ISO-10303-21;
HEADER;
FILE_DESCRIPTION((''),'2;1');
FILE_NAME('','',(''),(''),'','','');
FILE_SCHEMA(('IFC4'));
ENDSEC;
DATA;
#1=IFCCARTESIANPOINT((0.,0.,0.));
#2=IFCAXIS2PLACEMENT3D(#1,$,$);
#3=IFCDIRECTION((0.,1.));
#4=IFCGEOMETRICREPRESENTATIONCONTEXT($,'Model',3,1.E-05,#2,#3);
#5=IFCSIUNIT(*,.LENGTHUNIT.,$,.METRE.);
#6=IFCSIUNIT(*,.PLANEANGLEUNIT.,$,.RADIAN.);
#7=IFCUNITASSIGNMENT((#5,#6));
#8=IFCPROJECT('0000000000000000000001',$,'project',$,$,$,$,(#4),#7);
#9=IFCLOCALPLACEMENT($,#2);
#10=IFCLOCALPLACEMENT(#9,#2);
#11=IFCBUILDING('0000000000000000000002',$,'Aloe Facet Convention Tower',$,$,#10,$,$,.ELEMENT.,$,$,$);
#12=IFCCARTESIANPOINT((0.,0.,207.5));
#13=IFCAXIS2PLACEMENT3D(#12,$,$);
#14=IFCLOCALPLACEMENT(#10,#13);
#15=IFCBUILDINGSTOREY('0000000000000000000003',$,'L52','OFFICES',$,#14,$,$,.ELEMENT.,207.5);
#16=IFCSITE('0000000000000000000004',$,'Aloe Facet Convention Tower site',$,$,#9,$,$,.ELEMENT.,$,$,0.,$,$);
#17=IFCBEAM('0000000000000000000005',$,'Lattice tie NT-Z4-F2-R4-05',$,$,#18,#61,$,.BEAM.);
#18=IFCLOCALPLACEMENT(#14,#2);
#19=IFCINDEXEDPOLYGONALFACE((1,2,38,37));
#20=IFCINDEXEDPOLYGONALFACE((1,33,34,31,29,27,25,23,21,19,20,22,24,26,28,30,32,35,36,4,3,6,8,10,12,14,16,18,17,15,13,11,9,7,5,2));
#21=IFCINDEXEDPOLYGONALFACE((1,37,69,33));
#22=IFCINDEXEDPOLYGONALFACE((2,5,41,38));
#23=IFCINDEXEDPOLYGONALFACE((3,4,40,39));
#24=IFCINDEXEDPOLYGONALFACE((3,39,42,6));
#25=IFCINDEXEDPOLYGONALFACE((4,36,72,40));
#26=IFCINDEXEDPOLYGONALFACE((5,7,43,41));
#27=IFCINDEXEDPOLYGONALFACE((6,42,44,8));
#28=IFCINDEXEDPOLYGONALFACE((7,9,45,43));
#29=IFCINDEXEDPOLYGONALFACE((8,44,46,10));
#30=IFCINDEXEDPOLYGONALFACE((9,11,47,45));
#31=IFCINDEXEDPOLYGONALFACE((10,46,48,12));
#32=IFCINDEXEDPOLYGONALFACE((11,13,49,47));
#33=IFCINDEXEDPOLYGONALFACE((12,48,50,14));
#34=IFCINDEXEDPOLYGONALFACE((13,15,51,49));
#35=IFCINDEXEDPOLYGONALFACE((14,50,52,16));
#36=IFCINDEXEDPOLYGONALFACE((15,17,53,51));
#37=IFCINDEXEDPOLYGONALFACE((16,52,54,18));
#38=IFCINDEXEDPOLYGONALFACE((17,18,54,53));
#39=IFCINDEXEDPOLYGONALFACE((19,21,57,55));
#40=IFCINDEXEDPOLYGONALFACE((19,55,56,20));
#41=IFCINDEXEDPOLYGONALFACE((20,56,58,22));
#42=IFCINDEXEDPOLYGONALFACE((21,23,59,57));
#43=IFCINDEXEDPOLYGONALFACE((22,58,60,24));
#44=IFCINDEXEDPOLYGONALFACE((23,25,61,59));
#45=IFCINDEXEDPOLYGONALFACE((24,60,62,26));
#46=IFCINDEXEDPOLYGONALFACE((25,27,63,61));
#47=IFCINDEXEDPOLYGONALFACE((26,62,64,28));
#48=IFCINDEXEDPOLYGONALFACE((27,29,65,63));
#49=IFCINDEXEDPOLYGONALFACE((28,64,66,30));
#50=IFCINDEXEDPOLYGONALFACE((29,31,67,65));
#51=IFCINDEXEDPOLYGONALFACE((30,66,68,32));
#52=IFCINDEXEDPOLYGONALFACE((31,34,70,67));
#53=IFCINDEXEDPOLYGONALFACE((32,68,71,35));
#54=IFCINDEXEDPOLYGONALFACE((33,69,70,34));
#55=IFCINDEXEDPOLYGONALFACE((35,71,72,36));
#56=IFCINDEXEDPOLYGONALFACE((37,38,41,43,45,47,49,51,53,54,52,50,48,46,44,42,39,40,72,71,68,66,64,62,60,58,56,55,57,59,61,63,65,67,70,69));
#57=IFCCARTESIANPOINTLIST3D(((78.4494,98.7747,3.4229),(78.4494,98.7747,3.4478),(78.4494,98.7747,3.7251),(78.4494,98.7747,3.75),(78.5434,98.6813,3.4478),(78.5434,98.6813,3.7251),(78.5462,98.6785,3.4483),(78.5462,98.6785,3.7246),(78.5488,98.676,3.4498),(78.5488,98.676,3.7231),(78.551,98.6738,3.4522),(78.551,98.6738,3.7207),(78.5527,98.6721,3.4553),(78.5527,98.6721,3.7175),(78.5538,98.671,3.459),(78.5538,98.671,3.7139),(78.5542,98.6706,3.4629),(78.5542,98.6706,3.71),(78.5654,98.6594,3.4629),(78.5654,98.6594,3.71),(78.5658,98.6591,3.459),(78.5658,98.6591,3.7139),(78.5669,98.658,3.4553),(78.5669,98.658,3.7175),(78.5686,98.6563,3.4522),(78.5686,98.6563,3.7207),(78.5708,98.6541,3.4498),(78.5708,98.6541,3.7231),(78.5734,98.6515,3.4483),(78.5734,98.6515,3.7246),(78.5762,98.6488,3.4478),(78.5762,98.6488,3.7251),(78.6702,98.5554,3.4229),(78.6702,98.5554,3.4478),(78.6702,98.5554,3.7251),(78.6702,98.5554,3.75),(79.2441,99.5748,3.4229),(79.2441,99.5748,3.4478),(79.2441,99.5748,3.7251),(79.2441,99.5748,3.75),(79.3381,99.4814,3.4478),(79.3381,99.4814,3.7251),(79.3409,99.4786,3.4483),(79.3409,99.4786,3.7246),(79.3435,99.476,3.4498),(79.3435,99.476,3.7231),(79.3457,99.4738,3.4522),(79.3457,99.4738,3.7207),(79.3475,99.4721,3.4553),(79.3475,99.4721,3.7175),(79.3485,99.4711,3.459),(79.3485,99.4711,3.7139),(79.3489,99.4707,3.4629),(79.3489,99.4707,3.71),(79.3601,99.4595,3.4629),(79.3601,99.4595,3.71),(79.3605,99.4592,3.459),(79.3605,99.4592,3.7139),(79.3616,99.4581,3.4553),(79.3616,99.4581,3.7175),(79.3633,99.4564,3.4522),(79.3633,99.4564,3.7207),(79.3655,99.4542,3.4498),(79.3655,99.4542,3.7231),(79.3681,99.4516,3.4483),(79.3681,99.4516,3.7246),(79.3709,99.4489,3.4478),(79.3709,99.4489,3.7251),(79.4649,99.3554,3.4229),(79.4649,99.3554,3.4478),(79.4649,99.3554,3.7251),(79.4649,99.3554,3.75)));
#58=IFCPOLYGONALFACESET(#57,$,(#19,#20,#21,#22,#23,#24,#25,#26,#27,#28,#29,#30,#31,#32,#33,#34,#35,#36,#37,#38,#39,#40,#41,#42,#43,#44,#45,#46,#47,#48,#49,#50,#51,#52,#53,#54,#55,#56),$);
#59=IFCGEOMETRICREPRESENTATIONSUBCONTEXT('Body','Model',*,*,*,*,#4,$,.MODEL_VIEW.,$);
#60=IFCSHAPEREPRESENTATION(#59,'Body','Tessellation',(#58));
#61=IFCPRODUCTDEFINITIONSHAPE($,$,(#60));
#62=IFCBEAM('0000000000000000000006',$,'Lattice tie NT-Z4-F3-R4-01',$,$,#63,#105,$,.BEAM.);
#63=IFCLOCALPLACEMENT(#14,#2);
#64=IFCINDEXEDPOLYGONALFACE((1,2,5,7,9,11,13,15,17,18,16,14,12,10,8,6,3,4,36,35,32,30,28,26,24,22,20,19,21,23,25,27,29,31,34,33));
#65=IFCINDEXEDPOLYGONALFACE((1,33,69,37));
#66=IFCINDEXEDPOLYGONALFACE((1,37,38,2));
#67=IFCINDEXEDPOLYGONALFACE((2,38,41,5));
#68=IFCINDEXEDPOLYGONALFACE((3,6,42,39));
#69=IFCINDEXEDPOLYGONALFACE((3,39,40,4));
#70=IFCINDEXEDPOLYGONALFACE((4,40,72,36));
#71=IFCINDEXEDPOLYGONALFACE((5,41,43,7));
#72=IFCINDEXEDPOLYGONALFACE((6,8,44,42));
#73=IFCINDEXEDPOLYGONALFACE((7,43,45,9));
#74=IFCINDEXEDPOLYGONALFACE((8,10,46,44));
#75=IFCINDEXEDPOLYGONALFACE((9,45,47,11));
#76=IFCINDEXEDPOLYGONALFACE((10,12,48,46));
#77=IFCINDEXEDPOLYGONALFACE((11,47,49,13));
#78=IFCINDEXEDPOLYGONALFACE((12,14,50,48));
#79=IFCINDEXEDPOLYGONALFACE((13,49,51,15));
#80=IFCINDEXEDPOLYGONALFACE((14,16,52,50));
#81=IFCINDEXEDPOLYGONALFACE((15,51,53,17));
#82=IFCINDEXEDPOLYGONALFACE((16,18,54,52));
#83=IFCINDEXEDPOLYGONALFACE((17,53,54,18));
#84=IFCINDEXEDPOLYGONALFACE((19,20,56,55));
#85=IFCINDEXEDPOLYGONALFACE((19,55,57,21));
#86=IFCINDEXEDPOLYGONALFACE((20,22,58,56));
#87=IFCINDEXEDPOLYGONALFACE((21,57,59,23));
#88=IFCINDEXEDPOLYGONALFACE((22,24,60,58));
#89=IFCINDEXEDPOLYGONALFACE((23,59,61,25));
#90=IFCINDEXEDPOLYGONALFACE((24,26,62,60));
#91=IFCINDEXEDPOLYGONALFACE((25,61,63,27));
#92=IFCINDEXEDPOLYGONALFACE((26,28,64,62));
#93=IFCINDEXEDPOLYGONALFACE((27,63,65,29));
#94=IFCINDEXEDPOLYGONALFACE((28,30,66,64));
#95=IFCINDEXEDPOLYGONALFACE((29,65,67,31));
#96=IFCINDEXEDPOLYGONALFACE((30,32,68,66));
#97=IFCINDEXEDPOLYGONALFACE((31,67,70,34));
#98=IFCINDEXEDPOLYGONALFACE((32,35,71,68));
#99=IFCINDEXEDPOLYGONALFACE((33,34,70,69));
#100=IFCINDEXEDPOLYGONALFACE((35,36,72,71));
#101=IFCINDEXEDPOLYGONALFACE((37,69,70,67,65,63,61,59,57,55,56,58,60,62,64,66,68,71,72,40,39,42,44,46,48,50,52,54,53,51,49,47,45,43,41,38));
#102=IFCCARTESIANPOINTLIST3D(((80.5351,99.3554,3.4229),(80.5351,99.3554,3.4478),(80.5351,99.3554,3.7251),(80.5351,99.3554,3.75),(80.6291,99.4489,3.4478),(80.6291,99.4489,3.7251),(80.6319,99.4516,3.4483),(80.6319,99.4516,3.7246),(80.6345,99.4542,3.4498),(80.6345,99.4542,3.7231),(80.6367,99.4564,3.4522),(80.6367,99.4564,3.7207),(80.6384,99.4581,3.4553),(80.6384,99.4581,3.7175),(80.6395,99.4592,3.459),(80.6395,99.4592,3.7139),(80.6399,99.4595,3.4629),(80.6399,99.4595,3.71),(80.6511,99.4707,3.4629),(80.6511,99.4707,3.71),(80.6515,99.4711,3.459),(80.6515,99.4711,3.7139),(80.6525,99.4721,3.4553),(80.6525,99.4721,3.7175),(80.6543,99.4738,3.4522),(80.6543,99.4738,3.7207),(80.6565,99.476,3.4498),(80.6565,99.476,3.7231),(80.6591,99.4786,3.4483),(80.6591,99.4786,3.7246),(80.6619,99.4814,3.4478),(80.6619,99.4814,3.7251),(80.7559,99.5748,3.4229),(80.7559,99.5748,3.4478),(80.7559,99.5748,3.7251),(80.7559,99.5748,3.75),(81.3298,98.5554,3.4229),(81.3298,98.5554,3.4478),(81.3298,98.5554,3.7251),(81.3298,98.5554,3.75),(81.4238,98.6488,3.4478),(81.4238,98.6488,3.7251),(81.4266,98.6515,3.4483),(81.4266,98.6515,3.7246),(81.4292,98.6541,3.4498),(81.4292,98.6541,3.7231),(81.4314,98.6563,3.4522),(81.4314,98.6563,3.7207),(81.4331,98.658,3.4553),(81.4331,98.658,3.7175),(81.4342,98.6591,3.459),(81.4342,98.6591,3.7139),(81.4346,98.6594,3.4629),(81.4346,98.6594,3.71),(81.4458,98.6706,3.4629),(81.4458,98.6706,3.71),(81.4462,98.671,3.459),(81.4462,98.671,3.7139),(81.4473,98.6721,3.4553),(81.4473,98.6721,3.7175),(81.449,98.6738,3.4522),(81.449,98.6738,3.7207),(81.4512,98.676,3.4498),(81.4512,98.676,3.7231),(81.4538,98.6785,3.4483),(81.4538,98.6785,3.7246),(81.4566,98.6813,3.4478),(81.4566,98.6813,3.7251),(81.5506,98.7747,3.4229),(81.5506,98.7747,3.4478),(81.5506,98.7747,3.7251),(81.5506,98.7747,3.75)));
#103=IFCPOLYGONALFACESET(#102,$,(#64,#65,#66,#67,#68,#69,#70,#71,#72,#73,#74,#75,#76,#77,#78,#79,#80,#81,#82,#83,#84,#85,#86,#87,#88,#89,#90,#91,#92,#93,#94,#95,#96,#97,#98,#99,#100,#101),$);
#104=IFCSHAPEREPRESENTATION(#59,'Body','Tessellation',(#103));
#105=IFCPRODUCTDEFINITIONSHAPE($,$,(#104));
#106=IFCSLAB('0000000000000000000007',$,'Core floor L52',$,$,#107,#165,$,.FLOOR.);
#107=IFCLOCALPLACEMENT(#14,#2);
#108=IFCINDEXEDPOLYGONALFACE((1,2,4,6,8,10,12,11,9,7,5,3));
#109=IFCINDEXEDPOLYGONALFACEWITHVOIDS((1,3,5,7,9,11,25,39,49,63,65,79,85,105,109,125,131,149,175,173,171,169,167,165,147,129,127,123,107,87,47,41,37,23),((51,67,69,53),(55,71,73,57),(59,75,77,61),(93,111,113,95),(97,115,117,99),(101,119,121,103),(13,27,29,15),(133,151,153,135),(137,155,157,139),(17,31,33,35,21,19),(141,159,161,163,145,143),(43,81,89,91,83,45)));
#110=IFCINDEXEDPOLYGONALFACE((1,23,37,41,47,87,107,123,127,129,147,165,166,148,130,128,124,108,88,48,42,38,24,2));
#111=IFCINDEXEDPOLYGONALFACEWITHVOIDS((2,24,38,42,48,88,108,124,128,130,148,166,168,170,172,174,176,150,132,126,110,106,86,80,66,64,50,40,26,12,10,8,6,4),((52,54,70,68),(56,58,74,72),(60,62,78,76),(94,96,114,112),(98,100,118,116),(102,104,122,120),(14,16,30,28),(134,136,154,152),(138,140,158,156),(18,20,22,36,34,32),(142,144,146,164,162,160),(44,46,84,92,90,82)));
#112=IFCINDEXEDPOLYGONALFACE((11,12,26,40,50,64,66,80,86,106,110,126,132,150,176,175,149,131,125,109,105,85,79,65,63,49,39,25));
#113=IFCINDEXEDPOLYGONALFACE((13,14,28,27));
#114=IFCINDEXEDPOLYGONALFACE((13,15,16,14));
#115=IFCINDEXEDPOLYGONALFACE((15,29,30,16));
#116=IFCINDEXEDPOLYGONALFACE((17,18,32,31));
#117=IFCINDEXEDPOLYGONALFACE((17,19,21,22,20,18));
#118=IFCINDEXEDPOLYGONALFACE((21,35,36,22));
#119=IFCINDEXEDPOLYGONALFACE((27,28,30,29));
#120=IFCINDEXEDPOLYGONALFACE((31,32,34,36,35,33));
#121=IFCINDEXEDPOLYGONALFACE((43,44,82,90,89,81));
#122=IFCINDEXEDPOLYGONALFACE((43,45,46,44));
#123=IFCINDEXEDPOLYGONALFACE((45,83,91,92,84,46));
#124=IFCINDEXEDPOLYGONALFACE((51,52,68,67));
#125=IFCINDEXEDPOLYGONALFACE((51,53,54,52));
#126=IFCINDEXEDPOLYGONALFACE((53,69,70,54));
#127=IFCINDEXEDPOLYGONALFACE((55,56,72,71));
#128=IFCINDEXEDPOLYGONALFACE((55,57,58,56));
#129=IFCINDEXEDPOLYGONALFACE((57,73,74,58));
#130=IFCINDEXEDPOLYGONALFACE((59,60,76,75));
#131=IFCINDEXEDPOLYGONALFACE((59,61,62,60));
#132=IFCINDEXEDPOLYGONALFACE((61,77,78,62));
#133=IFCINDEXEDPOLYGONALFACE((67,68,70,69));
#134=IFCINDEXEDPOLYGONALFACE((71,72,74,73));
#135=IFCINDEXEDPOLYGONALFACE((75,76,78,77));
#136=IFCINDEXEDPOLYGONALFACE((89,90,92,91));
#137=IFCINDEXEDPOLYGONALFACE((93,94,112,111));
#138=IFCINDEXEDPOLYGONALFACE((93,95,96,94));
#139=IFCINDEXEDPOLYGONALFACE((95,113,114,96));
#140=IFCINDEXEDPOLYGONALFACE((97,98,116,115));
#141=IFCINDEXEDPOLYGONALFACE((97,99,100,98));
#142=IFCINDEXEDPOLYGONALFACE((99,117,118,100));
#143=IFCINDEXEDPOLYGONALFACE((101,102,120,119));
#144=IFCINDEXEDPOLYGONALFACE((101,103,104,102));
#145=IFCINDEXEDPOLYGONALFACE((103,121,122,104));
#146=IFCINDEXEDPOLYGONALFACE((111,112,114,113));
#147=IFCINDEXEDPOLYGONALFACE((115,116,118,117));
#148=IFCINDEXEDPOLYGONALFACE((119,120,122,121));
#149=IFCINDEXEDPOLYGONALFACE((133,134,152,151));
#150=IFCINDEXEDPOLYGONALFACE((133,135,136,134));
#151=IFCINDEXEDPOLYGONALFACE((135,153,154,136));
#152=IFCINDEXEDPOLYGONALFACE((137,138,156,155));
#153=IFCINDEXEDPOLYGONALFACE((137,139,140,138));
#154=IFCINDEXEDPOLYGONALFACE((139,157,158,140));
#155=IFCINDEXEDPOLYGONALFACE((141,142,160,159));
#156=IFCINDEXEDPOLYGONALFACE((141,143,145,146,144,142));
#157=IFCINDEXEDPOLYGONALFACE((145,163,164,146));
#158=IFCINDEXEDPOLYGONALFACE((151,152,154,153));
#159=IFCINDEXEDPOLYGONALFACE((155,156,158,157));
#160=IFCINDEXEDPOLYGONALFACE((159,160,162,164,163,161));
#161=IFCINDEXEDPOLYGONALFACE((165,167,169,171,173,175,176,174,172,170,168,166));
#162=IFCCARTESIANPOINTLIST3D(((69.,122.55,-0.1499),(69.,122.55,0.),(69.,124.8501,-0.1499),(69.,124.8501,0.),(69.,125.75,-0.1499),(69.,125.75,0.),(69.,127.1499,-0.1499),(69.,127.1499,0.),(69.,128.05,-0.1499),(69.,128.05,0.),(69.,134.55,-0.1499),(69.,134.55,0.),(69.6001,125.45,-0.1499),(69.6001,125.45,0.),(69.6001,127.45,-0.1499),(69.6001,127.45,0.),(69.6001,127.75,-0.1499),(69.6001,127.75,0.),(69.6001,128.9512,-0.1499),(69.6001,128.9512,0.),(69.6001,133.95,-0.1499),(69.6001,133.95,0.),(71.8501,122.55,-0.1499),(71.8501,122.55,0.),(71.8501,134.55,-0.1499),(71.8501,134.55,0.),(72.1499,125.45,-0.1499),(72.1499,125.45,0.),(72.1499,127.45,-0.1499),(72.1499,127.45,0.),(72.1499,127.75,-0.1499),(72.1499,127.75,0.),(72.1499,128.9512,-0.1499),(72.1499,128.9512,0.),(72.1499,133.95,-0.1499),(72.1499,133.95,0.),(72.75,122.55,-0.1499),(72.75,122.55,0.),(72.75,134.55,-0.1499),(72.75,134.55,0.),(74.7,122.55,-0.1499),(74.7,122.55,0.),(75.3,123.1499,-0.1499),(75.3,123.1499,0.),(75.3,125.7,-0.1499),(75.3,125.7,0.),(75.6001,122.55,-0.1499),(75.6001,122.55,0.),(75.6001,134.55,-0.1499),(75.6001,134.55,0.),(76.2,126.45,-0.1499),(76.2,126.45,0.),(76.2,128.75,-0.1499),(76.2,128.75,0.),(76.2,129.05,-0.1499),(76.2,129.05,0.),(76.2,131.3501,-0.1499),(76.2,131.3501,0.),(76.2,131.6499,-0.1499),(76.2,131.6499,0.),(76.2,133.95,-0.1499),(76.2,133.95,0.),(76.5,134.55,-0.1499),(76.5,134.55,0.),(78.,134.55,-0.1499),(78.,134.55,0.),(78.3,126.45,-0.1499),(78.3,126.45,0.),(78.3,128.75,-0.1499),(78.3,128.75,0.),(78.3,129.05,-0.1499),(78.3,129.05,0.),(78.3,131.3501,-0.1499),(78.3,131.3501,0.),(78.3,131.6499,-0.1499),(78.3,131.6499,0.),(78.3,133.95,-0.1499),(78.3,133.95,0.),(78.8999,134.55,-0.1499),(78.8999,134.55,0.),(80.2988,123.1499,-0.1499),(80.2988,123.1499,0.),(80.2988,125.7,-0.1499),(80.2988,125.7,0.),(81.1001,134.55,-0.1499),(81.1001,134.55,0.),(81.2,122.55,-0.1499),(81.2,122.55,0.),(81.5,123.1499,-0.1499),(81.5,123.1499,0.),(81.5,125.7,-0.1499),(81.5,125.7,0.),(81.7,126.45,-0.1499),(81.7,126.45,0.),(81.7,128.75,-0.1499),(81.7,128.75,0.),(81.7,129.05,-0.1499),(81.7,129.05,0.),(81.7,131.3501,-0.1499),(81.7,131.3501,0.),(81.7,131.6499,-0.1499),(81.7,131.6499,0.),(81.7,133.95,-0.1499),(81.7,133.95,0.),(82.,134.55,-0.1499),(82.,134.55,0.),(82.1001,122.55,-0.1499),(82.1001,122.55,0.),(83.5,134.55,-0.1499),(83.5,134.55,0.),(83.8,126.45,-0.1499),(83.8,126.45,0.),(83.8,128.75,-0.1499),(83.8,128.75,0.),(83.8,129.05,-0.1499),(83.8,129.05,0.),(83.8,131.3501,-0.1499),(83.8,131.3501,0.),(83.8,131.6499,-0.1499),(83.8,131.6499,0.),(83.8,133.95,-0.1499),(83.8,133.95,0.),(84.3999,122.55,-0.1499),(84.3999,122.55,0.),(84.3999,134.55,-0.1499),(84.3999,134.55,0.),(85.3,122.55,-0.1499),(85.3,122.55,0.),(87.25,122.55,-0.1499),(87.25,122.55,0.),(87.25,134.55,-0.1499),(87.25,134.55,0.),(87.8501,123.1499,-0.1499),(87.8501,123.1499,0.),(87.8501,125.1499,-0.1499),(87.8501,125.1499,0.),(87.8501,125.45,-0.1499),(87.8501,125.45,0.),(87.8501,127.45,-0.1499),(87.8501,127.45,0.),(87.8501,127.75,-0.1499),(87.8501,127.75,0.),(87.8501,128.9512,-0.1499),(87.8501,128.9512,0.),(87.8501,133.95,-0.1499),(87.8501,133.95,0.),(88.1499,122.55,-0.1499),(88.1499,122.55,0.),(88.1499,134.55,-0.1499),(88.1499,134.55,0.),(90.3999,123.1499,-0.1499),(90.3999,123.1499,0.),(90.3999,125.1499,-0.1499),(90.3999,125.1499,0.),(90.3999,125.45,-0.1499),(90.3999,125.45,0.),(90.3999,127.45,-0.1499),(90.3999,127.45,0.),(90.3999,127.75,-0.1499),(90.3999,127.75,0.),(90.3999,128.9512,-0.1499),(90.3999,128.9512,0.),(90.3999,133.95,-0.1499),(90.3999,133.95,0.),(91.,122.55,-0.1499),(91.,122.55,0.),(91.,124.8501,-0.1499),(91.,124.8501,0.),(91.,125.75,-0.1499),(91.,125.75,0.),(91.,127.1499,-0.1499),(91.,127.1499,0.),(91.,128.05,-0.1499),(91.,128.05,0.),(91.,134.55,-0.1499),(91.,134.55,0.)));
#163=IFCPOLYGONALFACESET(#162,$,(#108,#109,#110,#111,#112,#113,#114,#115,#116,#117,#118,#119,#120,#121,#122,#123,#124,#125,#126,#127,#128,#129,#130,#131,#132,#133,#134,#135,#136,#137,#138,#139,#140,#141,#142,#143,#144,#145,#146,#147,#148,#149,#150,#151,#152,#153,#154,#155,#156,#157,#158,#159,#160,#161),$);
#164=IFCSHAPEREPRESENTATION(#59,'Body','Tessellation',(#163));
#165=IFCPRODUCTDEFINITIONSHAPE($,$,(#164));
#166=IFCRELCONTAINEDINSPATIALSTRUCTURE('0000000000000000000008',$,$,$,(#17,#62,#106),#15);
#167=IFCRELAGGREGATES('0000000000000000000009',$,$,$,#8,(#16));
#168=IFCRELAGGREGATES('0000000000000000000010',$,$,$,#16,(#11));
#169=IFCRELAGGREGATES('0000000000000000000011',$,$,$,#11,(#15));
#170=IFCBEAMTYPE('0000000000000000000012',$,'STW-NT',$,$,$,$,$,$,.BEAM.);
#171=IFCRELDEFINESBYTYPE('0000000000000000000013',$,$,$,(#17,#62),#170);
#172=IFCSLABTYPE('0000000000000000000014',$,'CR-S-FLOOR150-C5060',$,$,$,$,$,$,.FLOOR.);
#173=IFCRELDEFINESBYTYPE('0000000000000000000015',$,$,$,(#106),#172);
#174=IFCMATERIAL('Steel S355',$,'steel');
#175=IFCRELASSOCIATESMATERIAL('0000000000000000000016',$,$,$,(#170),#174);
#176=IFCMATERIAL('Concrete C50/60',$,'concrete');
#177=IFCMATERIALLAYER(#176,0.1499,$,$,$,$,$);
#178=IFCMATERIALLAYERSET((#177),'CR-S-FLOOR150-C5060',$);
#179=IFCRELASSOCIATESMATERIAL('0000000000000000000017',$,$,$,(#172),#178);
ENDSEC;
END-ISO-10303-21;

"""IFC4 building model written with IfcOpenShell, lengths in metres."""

from ifc_helpers import new_model, si_unit, direction, frame, origin, origin_2d, place, context, subcontext, project, spatial, polyline, i_section, outline, extrude, material, layer, layer_set, material_profile, profile_set, type_object, element, save


model = new_model("IFC4")

# Units and contexts
model_context = context("Model", 3, precision=1e-05, world=origin(), true_north=direction((0.0, 1.0)))
body_context = subcontext(model_context, "Body", "Model", "MODEL_VIEW")
ifc_project = project(units=[si_unit("LENGTHUNIT", "METRE"), si_unit("PLANEANGLEUNIT", "RADIAN")], contexts=[model_context])

# Site, building, storey
site_placement = place(None, origin())
site = spatial("IfcSite", under=ifc_project, at=site_placement, Name="Aloe Facet Convention Tower site", CompositionType="ELEMENT", RefElevation=0.0)
building_placement = place(site_placement, origin())
building = spatial("IfcBuilding", under=site, at=building_placement, Name="Aloe Facet Convention Tower", CompositionType="ELEMENT")
storey_placement = place(building_placement, frame((0.0, 0.0, 207.5)))
storey = spatial("IfcBuildingStorey", under=building, at=storey_placement, Name="L52", Description="OFFICES", CompositionType="ELEMENT", Elevation=207.5)

# Beams
ifc_material_1 = material(Name="Steel S355", Category="steel")
ifc_material_profile = material_profile(ifc_material_1, i_section(OverallWidth=0.3113, OverallDepth=0.3271, WebThickness=0.0159, FlangeThickness=0.0249, FilletRadius=0.0151, at=origin_2d()), Name="UC 305x305x158")
ifc_profile_set = profile_set([ifc_material_profile], Name="Steel S355")
beam_type = type_object("IfcBeamType", Name="STW-NT", PredefinedType="BEAM", material=ifc_profile_set)
for number, where, z_axis, x_axis, name in (
    (1, (78.5598, 98.665, 3.5864), (0.704721, 0.709484, 0.0), (-0.709484, 0.704721, 0.0), "Lattice tie NT-Z4-F2-R4-05"),
    (2, (81.4402, 98.665, 3.5864), (-0.704721, 0.709484, 0.0), (-0.709484, -0.704721, 0.0), "Lattice tie NT-Z4-F3-R4-01"),
):
    element("IfcBeam", number, at=place(storey_placement, frame(where, z_axis=z_axis, x_axis=x_axis)), inside=storey, type_object=beam_type, Name=name, PredefinedType="BEAM", context=body_context, shape_type="SweptSolid", body=[
        extrude(i_section(OverallWidth=0.3113, OverallDepth=0.3271, WebThickness=0.0159, FlangeThickness=0.0249, FilletRadius=0.0151, at=origin_2d()), origin(), (0.0, 0.0, 1.0), 1.1277),
    ])

# Slab
ifc_material_2 = material(Name="Concrete C50/60", Category="concrete")
ifc_layer_1 = layer(ifc_material_2, 0.1499)
ifc_layer_set_1 = layer_set([ifc_layer_1], Name="CR-S-FLOOR150-C5060")
slab_type_1 = type_object("IfcSlabType", Name="CR-S-FLOOR150-C5060", PredefinedType="FLOOR", material=ifc_layer_set_1)
slab_1_placement = place(storey_placement, frame((0.0, 0.0, -0.1499)))
element("IfcSlab", 3, at=slab_1_placement, inside=storey, type_object=slab_type_1, Name="Core floor L52", PredefinedType="FLOOR", context=body_context, shape_type="SweptSolid", body=[
    extrude(outline(polyline([(71.8501, 134.55), (72.75, 134.55), (75.6001, 134.55), (76.5, 134.55), (78.0, 134.55), (78.8999, 134.55), (81.1001, 134.55), (82.0, 134.55), (83.5, 134.55), (84.3999, 134.55), (87.25, 134.55), (88.1499, 134.55), (91.0, 134.55), (91.0, 128.05), (91.0, 127.1499), (91.0, 125.75), (91.0, 124.8501), (91.0, 122.55), (88.1499, 122.55), (87.25, 122.55), (85.3, 122.55), (84.3999, 122.55), (82.1001, 122.55), (81.2, 122.55), (75.6001, 122.55), (74.7, 122.55), (72.75, 122.55), (71.8501, 122.55), (69.0, 122.55), (69.0, 124.8501), (69.0, 125.75), (69.0, 127.1499), (69.0, 128.05), (69.0, 134.55), (71.8501, 134.55)]), holes=[polyline([(80.2988, 123.1499), (81.5, 123.1499), (81.5, 125.7), (80.2988, 125.7), (75.3, 125.7), (75.3, 123.1499), (80.2988, 123.1499)]), polyline([(69.6001, 125.45), (72.1499, 125.45), (72.1499, 127.45), (69.6001, 127.45), (69.6001, 125.45)]), polyline([(76.2, 126.45), (78.3, 126.45), (78.3, 128.75), (76.2, 128.75), (76.2, 126.45)]), polyline([(78.3, 129.05), (78.3, 131.3501), (76.2, 131.3501), (76.2, 129.05), (78.3, 129.05)]), polyline([(69.6001, 133.95), (69.6001, 128.9512), (69.6001, 127.75), (72.1499, 127.75), (72.1499, 128.9512), (72.1499, 133.95), (69.6001, 133.95)]), polyline([(76.2, 131.6499), (78.3, 131.6499), (78.3, 133.95), (76.2, 133.95), (76.2, 131.6499)]), polyline([(90.3999, 123.1499), (90.3999, 125.1499), (87.8501, 125.1499), (87.8501, 123.1499), (90.3999, 123.1499)]), polyline([(87.8501, 125.45), (90.3999, 125.45), (90.3999, 127.45), (87.8501, 127.45), (87.8501, 125.45)]), polyline([(81.7, 126.45), (83.8, 126.45), (83.8, 128.75), (81.7, 128.75), (81.7, 126.45)]), polyline([(83.8, 129.05), (83.8, 131.3501), (81.7, 131.3501), (81.7, 129.05), (83.8, 129.05)]), polyline([(87.8501, 133.95), (87.8501, 128.9512), (87.8501, 127.75), (90.3999, 127.75), (90.3999, 128.9512), (90.3999, 133.95), (87.8501, 133.95)]), polyline([(81.7, 131.6499), (83.8, 131.6499), (83.8, 133.95), (81.7, 133.95), (81.7, 131.6499)])]), origin(), (0.0, 0.0, 1.0), 0.1499),
])

save(model, "model.ifc")
